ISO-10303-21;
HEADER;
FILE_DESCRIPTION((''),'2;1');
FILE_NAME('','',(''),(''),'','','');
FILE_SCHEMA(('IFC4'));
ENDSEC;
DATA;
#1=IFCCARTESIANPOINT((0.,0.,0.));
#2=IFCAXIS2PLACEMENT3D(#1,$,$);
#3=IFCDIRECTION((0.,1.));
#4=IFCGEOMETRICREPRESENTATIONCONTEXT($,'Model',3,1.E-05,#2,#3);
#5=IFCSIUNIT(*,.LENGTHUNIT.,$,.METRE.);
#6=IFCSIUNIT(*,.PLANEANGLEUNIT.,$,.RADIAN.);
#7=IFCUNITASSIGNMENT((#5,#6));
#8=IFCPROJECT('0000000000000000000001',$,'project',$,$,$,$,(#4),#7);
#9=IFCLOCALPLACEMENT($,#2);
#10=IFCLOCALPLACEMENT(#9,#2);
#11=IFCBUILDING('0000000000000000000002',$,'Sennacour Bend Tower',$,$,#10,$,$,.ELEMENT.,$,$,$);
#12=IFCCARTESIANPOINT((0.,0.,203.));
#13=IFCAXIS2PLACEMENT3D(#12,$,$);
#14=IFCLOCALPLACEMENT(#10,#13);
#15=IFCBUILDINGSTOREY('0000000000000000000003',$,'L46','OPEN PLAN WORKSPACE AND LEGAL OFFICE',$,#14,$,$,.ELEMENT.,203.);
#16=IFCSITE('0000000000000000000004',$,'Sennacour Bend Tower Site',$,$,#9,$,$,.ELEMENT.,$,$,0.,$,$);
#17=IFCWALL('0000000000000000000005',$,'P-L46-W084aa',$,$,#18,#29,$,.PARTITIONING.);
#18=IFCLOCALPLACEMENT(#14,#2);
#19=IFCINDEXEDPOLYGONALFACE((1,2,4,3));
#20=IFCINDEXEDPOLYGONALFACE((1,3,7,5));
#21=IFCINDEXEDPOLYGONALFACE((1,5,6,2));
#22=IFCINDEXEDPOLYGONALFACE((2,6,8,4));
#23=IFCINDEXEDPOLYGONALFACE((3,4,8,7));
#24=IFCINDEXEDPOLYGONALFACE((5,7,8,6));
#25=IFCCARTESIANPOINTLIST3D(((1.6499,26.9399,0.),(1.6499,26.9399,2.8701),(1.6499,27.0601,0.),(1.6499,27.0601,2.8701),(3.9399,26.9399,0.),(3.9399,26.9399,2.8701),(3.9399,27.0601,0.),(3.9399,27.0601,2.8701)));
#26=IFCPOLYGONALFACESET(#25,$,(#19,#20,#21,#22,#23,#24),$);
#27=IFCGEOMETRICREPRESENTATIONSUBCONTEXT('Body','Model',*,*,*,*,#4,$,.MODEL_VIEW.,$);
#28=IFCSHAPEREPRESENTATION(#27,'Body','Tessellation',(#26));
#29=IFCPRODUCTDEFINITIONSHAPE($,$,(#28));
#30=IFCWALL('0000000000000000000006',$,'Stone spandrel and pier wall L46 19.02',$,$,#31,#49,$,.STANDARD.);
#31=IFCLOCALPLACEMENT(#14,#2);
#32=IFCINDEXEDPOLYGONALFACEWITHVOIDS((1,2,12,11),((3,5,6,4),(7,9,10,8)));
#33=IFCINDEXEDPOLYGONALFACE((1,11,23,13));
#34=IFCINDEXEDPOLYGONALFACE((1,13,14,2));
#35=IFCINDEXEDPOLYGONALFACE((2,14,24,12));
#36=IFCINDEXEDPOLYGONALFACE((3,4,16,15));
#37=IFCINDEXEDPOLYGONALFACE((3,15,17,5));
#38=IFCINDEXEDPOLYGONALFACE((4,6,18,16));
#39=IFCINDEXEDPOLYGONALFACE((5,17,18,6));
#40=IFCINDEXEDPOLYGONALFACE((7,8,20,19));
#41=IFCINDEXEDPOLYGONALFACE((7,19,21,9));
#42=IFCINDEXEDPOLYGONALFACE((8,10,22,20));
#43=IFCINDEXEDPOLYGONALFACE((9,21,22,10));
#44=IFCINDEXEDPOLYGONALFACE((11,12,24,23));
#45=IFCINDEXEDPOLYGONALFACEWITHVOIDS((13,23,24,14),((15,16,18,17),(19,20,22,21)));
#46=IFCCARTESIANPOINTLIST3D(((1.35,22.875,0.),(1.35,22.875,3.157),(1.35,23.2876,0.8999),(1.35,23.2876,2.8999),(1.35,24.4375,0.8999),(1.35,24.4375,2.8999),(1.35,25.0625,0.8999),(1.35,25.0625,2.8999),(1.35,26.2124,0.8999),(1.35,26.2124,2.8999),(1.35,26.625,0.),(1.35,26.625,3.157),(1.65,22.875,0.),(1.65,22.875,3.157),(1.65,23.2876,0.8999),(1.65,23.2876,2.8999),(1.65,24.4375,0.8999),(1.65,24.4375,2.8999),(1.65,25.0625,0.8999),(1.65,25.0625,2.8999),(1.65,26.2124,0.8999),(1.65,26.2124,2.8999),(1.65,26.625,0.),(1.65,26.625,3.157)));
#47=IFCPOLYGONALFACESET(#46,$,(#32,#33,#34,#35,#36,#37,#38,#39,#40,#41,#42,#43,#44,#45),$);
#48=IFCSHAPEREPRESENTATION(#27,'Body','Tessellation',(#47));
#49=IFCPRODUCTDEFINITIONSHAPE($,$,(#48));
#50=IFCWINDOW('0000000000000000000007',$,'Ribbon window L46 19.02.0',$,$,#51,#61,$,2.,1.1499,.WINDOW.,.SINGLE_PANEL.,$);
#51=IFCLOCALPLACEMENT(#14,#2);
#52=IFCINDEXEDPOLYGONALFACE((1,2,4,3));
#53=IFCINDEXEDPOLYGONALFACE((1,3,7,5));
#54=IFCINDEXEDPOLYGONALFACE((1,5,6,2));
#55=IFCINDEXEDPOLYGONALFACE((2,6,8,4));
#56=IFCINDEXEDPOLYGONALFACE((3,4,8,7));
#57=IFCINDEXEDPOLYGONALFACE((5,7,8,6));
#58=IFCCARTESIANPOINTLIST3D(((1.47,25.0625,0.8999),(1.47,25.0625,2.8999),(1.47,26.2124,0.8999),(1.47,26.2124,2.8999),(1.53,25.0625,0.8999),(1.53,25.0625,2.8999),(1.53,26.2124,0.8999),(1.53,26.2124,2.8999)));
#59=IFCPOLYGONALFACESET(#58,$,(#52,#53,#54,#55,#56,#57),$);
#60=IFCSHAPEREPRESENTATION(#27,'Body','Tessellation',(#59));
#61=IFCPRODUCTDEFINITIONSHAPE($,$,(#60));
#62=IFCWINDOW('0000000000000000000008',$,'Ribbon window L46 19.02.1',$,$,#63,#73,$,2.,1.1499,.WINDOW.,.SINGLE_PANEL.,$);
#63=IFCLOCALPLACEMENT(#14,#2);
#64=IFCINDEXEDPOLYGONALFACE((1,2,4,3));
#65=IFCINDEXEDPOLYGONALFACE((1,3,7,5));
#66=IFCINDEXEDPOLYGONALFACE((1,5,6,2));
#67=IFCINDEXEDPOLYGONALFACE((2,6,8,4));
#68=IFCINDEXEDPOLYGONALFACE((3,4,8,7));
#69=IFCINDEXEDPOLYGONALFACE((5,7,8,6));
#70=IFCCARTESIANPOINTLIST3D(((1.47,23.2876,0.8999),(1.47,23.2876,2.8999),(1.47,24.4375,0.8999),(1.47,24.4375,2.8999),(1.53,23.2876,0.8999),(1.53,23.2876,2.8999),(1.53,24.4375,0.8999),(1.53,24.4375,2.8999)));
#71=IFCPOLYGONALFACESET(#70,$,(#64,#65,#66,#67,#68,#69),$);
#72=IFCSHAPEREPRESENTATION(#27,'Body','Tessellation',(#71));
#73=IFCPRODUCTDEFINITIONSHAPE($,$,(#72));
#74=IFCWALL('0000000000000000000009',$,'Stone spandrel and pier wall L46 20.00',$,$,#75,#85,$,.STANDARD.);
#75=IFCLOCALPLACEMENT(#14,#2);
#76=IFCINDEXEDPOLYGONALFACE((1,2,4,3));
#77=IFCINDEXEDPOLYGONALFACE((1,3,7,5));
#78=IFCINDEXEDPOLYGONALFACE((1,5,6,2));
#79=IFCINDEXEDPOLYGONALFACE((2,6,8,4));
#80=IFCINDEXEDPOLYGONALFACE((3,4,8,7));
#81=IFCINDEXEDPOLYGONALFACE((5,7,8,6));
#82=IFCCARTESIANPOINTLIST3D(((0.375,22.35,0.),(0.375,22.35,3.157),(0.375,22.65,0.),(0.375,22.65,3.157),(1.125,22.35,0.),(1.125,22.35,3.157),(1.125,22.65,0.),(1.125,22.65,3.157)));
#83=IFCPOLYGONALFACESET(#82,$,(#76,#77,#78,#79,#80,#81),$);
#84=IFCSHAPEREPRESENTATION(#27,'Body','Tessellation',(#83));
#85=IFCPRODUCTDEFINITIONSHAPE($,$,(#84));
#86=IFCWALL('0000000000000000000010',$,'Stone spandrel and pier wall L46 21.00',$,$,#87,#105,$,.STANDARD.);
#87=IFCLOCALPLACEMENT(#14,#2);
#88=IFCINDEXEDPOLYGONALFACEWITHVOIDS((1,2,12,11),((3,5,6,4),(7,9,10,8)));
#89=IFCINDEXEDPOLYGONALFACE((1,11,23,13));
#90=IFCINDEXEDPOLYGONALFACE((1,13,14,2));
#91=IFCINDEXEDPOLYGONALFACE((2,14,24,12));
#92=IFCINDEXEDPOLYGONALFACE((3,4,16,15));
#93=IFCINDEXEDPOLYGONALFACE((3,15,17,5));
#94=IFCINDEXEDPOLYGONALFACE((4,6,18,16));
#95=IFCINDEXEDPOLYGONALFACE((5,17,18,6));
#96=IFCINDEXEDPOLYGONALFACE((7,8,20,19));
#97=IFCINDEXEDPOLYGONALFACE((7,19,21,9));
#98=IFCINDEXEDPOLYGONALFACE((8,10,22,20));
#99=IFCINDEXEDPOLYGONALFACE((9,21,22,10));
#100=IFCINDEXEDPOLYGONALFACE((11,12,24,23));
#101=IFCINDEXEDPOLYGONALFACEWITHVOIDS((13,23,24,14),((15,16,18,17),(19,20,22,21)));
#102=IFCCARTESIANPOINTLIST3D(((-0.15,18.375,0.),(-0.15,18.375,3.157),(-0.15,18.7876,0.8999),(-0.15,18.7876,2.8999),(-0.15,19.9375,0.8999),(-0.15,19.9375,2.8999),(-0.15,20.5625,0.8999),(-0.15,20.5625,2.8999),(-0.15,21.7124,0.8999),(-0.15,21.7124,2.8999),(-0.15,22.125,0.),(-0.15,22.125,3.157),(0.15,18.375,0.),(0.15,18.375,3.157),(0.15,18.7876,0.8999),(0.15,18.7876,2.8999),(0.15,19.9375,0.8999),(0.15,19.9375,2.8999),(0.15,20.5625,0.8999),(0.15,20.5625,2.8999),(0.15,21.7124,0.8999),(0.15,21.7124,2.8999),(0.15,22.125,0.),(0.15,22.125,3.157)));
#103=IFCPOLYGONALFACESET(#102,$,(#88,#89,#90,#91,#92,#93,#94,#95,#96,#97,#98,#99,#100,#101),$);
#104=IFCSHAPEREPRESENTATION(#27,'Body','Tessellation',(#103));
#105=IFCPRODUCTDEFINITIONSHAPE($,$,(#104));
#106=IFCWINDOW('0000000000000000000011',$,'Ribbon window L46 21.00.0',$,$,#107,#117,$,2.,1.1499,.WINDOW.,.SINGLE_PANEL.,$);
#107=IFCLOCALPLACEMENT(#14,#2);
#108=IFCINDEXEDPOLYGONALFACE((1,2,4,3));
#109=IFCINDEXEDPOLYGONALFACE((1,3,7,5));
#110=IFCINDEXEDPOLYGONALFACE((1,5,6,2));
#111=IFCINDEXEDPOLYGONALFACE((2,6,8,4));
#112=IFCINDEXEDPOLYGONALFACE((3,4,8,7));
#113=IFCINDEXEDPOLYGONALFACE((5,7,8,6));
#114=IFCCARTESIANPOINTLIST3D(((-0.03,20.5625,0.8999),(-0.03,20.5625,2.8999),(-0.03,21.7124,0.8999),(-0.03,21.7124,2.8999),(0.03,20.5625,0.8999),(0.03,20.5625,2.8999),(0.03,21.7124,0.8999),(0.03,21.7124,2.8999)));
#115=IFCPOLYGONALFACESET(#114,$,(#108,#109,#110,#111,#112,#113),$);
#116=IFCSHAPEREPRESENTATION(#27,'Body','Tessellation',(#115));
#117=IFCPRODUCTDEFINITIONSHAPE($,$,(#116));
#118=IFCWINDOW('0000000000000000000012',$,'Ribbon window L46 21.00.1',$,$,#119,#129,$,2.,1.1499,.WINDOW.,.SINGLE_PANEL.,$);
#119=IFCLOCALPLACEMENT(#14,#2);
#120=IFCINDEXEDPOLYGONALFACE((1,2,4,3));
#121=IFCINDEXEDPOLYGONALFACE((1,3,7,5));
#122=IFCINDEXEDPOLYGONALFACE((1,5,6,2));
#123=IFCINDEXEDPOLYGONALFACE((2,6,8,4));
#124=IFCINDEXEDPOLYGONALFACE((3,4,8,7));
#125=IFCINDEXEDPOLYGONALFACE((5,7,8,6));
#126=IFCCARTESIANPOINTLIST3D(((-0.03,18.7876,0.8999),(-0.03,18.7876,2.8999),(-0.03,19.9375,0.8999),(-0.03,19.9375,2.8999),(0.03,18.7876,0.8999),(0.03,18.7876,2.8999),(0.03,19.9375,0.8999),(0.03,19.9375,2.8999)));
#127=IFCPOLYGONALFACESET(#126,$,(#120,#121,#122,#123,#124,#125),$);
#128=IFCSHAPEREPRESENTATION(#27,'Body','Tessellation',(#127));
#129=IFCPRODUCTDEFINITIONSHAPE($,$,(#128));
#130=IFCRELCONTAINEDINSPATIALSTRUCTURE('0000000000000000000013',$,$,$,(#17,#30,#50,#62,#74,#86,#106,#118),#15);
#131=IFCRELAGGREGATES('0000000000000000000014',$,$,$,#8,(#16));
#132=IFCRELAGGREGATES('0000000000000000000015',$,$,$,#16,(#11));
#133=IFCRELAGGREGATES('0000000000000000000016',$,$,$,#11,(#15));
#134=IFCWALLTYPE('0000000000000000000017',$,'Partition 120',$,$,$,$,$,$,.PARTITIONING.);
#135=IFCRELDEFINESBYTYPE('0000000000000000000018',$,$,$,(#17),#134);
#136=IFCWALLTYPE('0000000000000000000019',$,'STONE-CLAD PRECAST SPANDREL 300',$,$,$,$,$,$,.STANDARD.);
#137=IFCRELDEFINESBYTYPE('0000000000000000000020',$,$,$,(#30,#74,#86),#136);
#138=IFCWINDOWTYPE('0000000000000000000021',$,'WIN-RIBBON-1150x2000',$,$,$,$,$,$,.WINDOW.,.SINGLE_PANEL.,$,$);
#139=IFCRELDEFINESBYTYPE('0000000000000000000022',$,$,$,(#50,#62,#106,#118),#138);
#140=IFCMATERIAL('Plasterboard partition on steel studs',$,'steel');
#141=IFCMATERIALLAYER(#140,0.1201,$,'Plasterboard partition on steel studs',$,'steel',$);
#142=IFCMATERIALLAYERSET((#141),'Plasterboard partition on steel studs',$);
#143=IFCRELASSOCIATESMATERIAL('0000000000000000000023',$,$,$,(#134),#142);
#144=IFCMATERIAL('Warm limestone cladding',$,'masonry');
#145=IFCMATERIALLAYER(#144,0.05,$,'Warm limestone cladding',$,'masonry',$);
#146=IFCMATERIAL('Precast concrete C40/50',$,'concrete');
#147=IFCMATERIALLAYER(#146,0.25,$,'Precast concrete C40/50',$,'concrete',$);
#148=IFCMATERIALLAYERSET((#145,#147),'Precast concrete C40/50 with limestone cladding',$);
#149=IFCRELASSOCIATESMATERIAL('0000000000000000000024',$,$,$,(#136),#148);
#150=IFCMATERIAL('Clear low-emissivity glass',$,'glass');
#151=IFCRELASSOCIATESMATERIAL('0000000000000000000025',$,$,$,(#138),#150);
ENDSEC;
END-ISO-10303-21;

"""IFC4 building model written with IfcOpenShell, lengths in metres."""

from ifc_helpers import new_model, si_unit, direction, frame, frame_2d, origin, place, context, subcontext, project, spatial, rectangle, extrude, material, layer, layer_set, type_object, element, fill, save


model = new_model("IFC4")

# Units and contexts
model_context = context("Model", 3, precision=1e-05, world=origin(), true_north=direction((0.0, 1.0)))
body_context = subcontext(model_context, "Body", "Model", "MODEL_VIEW")
ifc_project = project(units=[si_unit("LENGTHUNIT", "METRE"), si_unit("PLANEANGLEUNIT", "RADIAN")], contexts=[model_context])

# Site, building, storey
site_placement = place(None, origin())
site = spatial("IfcSite", under=ifc_project, at=site_placement, Name="Sennacour Bend Tower Site", CompositionType="ELEMENT", RefElevation=0.0)
building_placement = place(site_placement, origin())
building = spatial("IfcBuilding", under=site, at=building_placement, Name="Sennacour Bend Tower", CompositionType="ELEMENT")
storey_placement = place(building_placement, frame((0.0, 0.0, 203.0)))
storey = spatial("IfcBuildingStorey", under=building, at=storey_placement, Name="L46", Description="OPEN PLAN WORKSPACE AND LEGAL OFFICE", CompositionType="ELEMENT", Elevation=203.0)

# Wall
ifc_material_1 = material(Name="Plasterboard partition on steel studs", Category="steel")
ifc_layer_1 = layer(ifc_material_1, 0.1201, Name="Plasterboard partition on steel studs", Category="steel")
ifc_layer_set_1 = layer_set([ifc_layer_1], Name="Plasterboard partition on steel studs")
wall_type_1 = type_object("IfcWallType", Name="Partition 120", PredefinedType="PARTITIONING", material=ifc_layer_set_1)
wall_1_placement = place(storey_placement, frame((1.6499, 27.0, 0.0), z_axis=(0.0, 0.0, 1.0), x_axis=(1.0, 0.0, 0.0)))
element("IfcWall", 1, at=wall_1_placement, inside=storey, type_object=wall_type_1, Name="P-L46-W084aa", PredefinedType="PARTITIONING", context=body_context, shape_type="SweptSolid", body=[
    extrude(rectangle(XDim=2.29, YDim=0.1201, at=frame_2d((1.145, 0.0))), origin(), (0.0, 0.0, 1.0), 2.8701),
])

# Wall, openings, windows
ifc_material_2 = material(Name="Warm limestone cladding", Category="masonry")
ifc_layer_2 = layer(ifc_material_2, 0.05, Name="Warm limestone cladding", Category="masonry")
ifc_material_3 = material(Name="Precast concrete C40/50", Category="concrete")
ifc_layer_3 = layer(ifc_material_3, 0.25, Name="Precast concrete C40/50", Category="concrete")
ifc_layer_set_2 = layer_set([ifc_layer_2, ifc_layer_3], Name="Precast concrete C40/50 with limestone cladding")
wall_type_2 = type_object("IfcWallType", Name="STONE-CLAD PRECAST SPANDREL 300", PredefinedType="STANDARD", material=ifc_layer_set_2)
wall_2_placement = place(storey_placement, frame((1.5, 26.625, 0.0), z_axis=(0.0, 0.0, 1.0), x_axis=(0.0, -1.0, 0.0)))
wall_2 = element("IfcWall", 2, at=wall_2_placement, inside=storey, type_object=wall_type_2, Name="Stone spandrel and pier wall L46 19.02", PredefinedType="STANDARD", context=body_context, shape_type="SweptSolid", body=[
    extrude(rectangle(XDim=3.75, YDim=0.3, at=frame_2d((1.875, 0.0))), origin(), (0.0, 0.0, 1.0), 3.157),
])
opening_1_placement = place(wall_2_placement, frame((0.4126, 0.0, 0.8999)))
opening_1 = element("IfcOpeningElement", 3, at=opening_1_placement, cuts=wall_2, PredefinedType="OPENING", context=body_context, shape_type="SweptSolid", body=[
    extrude(rectangle(XDim=1.1499, YDim=2.0, at=frame_2d((0.575, 1.0))), frame((0.0, 0.1602, 0.0), z_axis=(0.0, -1.0, 0.0), x_axis=(1.0, 0.0, 0.0)), (0.0, 0.0, 1.0), 0.3201),
])
opening_2_placement = place(wall_2_placement, frame((2.1875, 0.0, 0.8999)))
opening_2 = element("IfcOpeningElement", 4, at=opening_2_placement, cuts=wall_2, PredefinedType="OPENING", context=body_context, shape_type="SweptSolid", body=[
    extrude(rectangle(XDim=1.1499, YDim=2.0, at=frame_2d((0.575, 1.0))), frame((0.0, 0.1602, 0.0), z_axis=(0.0, -1.0, 0.0), x_axis=(1.0, 0.0, 0.0)), (0.0, 0.0, 1.0), 0.3201),
])
ifc_material_4 = material(Name="Clear low-emissivity glass", Category="glass")
window_type = type_object("IfcWindowType", Name="WIN-RIBBON-1150x2000", PartitioningType="SINGLE_PANEL", PredefinedType="WINDOW", material=ifc_material_4)
window_1_placement = place(opening_1_placement, origin())
window_1 = element("IfcWindow", 5, at=window_1_placement, inside=storey, type_object=window_type, Name="Ribbon window L46 19.02.0", OverallHeight=2.0, OverallWidth=1.1499, PartitioningType="SINGLE_PANEL", PredefinedType="WINDOW", context=body_context, shape_type="SweptSolid", body=[
    extrude(rectangle(XDim=1.1499, YDim=2.0, at=frame_2d((0.575, 1.0))), frame((0.0, 0.03, 0.0), z_axis=(0.0, -1.0, 0.0), x_axis=(1.0, 0.0, 0.0)), (0.0, 0.0, 1.0), 0.0601),
])
fill(opening_1, window_1)
window_2_placement = place(opening_2_placement, origin())
window_2 = element("IfcWindow", 6, at=window_2_placement, inside=storey, type_object=window_type, Name="Ribbon window L46 19.02.1", OverallHeight=2.0, OverallWidth=1.1499, PartitioningType="SINGLE_PANEL", PredefinedType="WINDOW", context=body_context, shape_type="SweptSolid", body=[
    extrude(rectangle(XDim=1.1499, YDim=2.0, at=frame_2d((0.575, 1.0))), frame((0.0, 0.03, 0.0), z_axis=(0.0, -1.0, 0.0), x_axis=(1.0, 0.0, 0.0)), (0.0, 0.0, 1.0), 0.0601),
])
fill(opening_2, window_2)

# Wall
wall_3_placement = place(storey_placement, frame((1.125, 22.5, 0.0), z_axis=(0.0, 0.0, 1.0), x_axis=(-1.0, 0.0, 0.0)))
element("IfcWall", 7, at=wall_3_placement, inside=storey, type_object=wall_type_2, Name="Stone spandrel and pier wall L46 20.00", PredefinedType="STANDARD", context=body_context, shape_type="SweptSolid", body=[
    extrude(rectangle(XDim=0.75, YDim=0.3, at=frame_2d((0.375, 0.0))), origin(), (0.0, 0.0, 1.0), 3.157),
])

# Wall, openings, windows
wall_4_placement = place(storey_placement, frame((0.0, 22.125, 0.0), z_axis=(0.0, 0.0, 1.0), x_axis=(0.0, -1.0, 0.0)))
wall_4 = element("IfcWall", 8, at=wall_4_placement, inside=storey, type_object=wall_type_2, Name="Stone spandrel and pier wall L46 21.00", PredefinedType="STANDARD", context=body_context, shape_type="SweptSolid", body=[
    extrude(rectangle(XDim=3.75, YDim=0.3, at=frame_2d((1.875, 0.0))), origin(), (0.0, 0.0, 1.0), 3.157),
])
opening_3_placement = place(wall_4_placement, frame((0.4126, 0.0, 0.8999)))
opening_3 = element("IfcOpeningElement", 9, at=opening_3_placement, cuts=wall_4, PredefinedType="OPENING", context=body_context, shape_type="SweptSolid", body=[
    extrude(rectangle(XDim=1.1499, YDim=2.0, at=frame_2d((0.575, 1.0))), frame((0.0, 0.1602, 0.0), z_axis=(0.0, -1.0, 0.0), x_axis=(1.0, 0.0, 0.0)), (0.0, 0.0, 1.0), 0.3201),
])
opening_4_placement = place(wall_4_placement, frame((2.1875, 0.0, 0.8999)))
opening_4 = element("IfcOpeningElement", 10, at=opening_4_placement, cuts=wall_4, PredefinedType="OPENING", context=body_context, shape_type="SweptSolid", body=[
    extrude(rectangle(XDim=1.1499, YDim=2.0, at=frame_2d((0.575, 1.0))), frame((0.0, 0.1602, 0.0), z_axis=(0.0, -1.0, 0.0), x_axis=(1.0, 0.0, 0.0)), (0.0, 0.0, 1.0), 0.3201),
])
window_3_placement = place(opening_3_placement, origin())
window_3 = element("IfcWindow", 11, at=window_3_placement, inside=storey, type_object=window_type, Name="Ribbon window L46 21.00.0", OverallHeight=2.0, OverallWidth=1.1499, PartitioningType="SINGLE_PANEL", PredefinedType="WINDOW", context=body_context, shape_type="SweptSolid", body=[
    extrude(rectangle(XDim=1.1499, YDim=2.0, at=frame_2d((0.575, 1.0))), frame((0.0, 0.03, 0.0), z_axis=(0.0, -1.0, 0.0), x_axis=(1.0, 0.0, 0.0)), (0.0, 0.0, 1.0), 0.0601),
])
fill(opening_3, window_3)
window_4_placement = place(opening_4_placement, origin())
window_4 = element("IfcWindow", 12, at=window_4_placement, inside=storey, type_object=window_type, Name="Ribbon window L46 21.00.1", OverallHeight=2.0, OverallWidth=1.1499, PartitioningType="SINGLE_PANEL", PredefinedType="WINDOW", context=body_context, shape_type="SweptSolid", body=[
    extrude(rectangle(XDim=1.1499, YDim=2.0, at=frame_2d((0.575, 1.0))), frame((0.0, 0.03, 0.0), z_axis=(0.0, -1.0, 0.0), x_axis=(1.0, 0.0, 0.0)), (0.0, 0.0, 1.0), 0.0601),
])
fill(opening_4, window_4)

save(model, "model.ifc")
